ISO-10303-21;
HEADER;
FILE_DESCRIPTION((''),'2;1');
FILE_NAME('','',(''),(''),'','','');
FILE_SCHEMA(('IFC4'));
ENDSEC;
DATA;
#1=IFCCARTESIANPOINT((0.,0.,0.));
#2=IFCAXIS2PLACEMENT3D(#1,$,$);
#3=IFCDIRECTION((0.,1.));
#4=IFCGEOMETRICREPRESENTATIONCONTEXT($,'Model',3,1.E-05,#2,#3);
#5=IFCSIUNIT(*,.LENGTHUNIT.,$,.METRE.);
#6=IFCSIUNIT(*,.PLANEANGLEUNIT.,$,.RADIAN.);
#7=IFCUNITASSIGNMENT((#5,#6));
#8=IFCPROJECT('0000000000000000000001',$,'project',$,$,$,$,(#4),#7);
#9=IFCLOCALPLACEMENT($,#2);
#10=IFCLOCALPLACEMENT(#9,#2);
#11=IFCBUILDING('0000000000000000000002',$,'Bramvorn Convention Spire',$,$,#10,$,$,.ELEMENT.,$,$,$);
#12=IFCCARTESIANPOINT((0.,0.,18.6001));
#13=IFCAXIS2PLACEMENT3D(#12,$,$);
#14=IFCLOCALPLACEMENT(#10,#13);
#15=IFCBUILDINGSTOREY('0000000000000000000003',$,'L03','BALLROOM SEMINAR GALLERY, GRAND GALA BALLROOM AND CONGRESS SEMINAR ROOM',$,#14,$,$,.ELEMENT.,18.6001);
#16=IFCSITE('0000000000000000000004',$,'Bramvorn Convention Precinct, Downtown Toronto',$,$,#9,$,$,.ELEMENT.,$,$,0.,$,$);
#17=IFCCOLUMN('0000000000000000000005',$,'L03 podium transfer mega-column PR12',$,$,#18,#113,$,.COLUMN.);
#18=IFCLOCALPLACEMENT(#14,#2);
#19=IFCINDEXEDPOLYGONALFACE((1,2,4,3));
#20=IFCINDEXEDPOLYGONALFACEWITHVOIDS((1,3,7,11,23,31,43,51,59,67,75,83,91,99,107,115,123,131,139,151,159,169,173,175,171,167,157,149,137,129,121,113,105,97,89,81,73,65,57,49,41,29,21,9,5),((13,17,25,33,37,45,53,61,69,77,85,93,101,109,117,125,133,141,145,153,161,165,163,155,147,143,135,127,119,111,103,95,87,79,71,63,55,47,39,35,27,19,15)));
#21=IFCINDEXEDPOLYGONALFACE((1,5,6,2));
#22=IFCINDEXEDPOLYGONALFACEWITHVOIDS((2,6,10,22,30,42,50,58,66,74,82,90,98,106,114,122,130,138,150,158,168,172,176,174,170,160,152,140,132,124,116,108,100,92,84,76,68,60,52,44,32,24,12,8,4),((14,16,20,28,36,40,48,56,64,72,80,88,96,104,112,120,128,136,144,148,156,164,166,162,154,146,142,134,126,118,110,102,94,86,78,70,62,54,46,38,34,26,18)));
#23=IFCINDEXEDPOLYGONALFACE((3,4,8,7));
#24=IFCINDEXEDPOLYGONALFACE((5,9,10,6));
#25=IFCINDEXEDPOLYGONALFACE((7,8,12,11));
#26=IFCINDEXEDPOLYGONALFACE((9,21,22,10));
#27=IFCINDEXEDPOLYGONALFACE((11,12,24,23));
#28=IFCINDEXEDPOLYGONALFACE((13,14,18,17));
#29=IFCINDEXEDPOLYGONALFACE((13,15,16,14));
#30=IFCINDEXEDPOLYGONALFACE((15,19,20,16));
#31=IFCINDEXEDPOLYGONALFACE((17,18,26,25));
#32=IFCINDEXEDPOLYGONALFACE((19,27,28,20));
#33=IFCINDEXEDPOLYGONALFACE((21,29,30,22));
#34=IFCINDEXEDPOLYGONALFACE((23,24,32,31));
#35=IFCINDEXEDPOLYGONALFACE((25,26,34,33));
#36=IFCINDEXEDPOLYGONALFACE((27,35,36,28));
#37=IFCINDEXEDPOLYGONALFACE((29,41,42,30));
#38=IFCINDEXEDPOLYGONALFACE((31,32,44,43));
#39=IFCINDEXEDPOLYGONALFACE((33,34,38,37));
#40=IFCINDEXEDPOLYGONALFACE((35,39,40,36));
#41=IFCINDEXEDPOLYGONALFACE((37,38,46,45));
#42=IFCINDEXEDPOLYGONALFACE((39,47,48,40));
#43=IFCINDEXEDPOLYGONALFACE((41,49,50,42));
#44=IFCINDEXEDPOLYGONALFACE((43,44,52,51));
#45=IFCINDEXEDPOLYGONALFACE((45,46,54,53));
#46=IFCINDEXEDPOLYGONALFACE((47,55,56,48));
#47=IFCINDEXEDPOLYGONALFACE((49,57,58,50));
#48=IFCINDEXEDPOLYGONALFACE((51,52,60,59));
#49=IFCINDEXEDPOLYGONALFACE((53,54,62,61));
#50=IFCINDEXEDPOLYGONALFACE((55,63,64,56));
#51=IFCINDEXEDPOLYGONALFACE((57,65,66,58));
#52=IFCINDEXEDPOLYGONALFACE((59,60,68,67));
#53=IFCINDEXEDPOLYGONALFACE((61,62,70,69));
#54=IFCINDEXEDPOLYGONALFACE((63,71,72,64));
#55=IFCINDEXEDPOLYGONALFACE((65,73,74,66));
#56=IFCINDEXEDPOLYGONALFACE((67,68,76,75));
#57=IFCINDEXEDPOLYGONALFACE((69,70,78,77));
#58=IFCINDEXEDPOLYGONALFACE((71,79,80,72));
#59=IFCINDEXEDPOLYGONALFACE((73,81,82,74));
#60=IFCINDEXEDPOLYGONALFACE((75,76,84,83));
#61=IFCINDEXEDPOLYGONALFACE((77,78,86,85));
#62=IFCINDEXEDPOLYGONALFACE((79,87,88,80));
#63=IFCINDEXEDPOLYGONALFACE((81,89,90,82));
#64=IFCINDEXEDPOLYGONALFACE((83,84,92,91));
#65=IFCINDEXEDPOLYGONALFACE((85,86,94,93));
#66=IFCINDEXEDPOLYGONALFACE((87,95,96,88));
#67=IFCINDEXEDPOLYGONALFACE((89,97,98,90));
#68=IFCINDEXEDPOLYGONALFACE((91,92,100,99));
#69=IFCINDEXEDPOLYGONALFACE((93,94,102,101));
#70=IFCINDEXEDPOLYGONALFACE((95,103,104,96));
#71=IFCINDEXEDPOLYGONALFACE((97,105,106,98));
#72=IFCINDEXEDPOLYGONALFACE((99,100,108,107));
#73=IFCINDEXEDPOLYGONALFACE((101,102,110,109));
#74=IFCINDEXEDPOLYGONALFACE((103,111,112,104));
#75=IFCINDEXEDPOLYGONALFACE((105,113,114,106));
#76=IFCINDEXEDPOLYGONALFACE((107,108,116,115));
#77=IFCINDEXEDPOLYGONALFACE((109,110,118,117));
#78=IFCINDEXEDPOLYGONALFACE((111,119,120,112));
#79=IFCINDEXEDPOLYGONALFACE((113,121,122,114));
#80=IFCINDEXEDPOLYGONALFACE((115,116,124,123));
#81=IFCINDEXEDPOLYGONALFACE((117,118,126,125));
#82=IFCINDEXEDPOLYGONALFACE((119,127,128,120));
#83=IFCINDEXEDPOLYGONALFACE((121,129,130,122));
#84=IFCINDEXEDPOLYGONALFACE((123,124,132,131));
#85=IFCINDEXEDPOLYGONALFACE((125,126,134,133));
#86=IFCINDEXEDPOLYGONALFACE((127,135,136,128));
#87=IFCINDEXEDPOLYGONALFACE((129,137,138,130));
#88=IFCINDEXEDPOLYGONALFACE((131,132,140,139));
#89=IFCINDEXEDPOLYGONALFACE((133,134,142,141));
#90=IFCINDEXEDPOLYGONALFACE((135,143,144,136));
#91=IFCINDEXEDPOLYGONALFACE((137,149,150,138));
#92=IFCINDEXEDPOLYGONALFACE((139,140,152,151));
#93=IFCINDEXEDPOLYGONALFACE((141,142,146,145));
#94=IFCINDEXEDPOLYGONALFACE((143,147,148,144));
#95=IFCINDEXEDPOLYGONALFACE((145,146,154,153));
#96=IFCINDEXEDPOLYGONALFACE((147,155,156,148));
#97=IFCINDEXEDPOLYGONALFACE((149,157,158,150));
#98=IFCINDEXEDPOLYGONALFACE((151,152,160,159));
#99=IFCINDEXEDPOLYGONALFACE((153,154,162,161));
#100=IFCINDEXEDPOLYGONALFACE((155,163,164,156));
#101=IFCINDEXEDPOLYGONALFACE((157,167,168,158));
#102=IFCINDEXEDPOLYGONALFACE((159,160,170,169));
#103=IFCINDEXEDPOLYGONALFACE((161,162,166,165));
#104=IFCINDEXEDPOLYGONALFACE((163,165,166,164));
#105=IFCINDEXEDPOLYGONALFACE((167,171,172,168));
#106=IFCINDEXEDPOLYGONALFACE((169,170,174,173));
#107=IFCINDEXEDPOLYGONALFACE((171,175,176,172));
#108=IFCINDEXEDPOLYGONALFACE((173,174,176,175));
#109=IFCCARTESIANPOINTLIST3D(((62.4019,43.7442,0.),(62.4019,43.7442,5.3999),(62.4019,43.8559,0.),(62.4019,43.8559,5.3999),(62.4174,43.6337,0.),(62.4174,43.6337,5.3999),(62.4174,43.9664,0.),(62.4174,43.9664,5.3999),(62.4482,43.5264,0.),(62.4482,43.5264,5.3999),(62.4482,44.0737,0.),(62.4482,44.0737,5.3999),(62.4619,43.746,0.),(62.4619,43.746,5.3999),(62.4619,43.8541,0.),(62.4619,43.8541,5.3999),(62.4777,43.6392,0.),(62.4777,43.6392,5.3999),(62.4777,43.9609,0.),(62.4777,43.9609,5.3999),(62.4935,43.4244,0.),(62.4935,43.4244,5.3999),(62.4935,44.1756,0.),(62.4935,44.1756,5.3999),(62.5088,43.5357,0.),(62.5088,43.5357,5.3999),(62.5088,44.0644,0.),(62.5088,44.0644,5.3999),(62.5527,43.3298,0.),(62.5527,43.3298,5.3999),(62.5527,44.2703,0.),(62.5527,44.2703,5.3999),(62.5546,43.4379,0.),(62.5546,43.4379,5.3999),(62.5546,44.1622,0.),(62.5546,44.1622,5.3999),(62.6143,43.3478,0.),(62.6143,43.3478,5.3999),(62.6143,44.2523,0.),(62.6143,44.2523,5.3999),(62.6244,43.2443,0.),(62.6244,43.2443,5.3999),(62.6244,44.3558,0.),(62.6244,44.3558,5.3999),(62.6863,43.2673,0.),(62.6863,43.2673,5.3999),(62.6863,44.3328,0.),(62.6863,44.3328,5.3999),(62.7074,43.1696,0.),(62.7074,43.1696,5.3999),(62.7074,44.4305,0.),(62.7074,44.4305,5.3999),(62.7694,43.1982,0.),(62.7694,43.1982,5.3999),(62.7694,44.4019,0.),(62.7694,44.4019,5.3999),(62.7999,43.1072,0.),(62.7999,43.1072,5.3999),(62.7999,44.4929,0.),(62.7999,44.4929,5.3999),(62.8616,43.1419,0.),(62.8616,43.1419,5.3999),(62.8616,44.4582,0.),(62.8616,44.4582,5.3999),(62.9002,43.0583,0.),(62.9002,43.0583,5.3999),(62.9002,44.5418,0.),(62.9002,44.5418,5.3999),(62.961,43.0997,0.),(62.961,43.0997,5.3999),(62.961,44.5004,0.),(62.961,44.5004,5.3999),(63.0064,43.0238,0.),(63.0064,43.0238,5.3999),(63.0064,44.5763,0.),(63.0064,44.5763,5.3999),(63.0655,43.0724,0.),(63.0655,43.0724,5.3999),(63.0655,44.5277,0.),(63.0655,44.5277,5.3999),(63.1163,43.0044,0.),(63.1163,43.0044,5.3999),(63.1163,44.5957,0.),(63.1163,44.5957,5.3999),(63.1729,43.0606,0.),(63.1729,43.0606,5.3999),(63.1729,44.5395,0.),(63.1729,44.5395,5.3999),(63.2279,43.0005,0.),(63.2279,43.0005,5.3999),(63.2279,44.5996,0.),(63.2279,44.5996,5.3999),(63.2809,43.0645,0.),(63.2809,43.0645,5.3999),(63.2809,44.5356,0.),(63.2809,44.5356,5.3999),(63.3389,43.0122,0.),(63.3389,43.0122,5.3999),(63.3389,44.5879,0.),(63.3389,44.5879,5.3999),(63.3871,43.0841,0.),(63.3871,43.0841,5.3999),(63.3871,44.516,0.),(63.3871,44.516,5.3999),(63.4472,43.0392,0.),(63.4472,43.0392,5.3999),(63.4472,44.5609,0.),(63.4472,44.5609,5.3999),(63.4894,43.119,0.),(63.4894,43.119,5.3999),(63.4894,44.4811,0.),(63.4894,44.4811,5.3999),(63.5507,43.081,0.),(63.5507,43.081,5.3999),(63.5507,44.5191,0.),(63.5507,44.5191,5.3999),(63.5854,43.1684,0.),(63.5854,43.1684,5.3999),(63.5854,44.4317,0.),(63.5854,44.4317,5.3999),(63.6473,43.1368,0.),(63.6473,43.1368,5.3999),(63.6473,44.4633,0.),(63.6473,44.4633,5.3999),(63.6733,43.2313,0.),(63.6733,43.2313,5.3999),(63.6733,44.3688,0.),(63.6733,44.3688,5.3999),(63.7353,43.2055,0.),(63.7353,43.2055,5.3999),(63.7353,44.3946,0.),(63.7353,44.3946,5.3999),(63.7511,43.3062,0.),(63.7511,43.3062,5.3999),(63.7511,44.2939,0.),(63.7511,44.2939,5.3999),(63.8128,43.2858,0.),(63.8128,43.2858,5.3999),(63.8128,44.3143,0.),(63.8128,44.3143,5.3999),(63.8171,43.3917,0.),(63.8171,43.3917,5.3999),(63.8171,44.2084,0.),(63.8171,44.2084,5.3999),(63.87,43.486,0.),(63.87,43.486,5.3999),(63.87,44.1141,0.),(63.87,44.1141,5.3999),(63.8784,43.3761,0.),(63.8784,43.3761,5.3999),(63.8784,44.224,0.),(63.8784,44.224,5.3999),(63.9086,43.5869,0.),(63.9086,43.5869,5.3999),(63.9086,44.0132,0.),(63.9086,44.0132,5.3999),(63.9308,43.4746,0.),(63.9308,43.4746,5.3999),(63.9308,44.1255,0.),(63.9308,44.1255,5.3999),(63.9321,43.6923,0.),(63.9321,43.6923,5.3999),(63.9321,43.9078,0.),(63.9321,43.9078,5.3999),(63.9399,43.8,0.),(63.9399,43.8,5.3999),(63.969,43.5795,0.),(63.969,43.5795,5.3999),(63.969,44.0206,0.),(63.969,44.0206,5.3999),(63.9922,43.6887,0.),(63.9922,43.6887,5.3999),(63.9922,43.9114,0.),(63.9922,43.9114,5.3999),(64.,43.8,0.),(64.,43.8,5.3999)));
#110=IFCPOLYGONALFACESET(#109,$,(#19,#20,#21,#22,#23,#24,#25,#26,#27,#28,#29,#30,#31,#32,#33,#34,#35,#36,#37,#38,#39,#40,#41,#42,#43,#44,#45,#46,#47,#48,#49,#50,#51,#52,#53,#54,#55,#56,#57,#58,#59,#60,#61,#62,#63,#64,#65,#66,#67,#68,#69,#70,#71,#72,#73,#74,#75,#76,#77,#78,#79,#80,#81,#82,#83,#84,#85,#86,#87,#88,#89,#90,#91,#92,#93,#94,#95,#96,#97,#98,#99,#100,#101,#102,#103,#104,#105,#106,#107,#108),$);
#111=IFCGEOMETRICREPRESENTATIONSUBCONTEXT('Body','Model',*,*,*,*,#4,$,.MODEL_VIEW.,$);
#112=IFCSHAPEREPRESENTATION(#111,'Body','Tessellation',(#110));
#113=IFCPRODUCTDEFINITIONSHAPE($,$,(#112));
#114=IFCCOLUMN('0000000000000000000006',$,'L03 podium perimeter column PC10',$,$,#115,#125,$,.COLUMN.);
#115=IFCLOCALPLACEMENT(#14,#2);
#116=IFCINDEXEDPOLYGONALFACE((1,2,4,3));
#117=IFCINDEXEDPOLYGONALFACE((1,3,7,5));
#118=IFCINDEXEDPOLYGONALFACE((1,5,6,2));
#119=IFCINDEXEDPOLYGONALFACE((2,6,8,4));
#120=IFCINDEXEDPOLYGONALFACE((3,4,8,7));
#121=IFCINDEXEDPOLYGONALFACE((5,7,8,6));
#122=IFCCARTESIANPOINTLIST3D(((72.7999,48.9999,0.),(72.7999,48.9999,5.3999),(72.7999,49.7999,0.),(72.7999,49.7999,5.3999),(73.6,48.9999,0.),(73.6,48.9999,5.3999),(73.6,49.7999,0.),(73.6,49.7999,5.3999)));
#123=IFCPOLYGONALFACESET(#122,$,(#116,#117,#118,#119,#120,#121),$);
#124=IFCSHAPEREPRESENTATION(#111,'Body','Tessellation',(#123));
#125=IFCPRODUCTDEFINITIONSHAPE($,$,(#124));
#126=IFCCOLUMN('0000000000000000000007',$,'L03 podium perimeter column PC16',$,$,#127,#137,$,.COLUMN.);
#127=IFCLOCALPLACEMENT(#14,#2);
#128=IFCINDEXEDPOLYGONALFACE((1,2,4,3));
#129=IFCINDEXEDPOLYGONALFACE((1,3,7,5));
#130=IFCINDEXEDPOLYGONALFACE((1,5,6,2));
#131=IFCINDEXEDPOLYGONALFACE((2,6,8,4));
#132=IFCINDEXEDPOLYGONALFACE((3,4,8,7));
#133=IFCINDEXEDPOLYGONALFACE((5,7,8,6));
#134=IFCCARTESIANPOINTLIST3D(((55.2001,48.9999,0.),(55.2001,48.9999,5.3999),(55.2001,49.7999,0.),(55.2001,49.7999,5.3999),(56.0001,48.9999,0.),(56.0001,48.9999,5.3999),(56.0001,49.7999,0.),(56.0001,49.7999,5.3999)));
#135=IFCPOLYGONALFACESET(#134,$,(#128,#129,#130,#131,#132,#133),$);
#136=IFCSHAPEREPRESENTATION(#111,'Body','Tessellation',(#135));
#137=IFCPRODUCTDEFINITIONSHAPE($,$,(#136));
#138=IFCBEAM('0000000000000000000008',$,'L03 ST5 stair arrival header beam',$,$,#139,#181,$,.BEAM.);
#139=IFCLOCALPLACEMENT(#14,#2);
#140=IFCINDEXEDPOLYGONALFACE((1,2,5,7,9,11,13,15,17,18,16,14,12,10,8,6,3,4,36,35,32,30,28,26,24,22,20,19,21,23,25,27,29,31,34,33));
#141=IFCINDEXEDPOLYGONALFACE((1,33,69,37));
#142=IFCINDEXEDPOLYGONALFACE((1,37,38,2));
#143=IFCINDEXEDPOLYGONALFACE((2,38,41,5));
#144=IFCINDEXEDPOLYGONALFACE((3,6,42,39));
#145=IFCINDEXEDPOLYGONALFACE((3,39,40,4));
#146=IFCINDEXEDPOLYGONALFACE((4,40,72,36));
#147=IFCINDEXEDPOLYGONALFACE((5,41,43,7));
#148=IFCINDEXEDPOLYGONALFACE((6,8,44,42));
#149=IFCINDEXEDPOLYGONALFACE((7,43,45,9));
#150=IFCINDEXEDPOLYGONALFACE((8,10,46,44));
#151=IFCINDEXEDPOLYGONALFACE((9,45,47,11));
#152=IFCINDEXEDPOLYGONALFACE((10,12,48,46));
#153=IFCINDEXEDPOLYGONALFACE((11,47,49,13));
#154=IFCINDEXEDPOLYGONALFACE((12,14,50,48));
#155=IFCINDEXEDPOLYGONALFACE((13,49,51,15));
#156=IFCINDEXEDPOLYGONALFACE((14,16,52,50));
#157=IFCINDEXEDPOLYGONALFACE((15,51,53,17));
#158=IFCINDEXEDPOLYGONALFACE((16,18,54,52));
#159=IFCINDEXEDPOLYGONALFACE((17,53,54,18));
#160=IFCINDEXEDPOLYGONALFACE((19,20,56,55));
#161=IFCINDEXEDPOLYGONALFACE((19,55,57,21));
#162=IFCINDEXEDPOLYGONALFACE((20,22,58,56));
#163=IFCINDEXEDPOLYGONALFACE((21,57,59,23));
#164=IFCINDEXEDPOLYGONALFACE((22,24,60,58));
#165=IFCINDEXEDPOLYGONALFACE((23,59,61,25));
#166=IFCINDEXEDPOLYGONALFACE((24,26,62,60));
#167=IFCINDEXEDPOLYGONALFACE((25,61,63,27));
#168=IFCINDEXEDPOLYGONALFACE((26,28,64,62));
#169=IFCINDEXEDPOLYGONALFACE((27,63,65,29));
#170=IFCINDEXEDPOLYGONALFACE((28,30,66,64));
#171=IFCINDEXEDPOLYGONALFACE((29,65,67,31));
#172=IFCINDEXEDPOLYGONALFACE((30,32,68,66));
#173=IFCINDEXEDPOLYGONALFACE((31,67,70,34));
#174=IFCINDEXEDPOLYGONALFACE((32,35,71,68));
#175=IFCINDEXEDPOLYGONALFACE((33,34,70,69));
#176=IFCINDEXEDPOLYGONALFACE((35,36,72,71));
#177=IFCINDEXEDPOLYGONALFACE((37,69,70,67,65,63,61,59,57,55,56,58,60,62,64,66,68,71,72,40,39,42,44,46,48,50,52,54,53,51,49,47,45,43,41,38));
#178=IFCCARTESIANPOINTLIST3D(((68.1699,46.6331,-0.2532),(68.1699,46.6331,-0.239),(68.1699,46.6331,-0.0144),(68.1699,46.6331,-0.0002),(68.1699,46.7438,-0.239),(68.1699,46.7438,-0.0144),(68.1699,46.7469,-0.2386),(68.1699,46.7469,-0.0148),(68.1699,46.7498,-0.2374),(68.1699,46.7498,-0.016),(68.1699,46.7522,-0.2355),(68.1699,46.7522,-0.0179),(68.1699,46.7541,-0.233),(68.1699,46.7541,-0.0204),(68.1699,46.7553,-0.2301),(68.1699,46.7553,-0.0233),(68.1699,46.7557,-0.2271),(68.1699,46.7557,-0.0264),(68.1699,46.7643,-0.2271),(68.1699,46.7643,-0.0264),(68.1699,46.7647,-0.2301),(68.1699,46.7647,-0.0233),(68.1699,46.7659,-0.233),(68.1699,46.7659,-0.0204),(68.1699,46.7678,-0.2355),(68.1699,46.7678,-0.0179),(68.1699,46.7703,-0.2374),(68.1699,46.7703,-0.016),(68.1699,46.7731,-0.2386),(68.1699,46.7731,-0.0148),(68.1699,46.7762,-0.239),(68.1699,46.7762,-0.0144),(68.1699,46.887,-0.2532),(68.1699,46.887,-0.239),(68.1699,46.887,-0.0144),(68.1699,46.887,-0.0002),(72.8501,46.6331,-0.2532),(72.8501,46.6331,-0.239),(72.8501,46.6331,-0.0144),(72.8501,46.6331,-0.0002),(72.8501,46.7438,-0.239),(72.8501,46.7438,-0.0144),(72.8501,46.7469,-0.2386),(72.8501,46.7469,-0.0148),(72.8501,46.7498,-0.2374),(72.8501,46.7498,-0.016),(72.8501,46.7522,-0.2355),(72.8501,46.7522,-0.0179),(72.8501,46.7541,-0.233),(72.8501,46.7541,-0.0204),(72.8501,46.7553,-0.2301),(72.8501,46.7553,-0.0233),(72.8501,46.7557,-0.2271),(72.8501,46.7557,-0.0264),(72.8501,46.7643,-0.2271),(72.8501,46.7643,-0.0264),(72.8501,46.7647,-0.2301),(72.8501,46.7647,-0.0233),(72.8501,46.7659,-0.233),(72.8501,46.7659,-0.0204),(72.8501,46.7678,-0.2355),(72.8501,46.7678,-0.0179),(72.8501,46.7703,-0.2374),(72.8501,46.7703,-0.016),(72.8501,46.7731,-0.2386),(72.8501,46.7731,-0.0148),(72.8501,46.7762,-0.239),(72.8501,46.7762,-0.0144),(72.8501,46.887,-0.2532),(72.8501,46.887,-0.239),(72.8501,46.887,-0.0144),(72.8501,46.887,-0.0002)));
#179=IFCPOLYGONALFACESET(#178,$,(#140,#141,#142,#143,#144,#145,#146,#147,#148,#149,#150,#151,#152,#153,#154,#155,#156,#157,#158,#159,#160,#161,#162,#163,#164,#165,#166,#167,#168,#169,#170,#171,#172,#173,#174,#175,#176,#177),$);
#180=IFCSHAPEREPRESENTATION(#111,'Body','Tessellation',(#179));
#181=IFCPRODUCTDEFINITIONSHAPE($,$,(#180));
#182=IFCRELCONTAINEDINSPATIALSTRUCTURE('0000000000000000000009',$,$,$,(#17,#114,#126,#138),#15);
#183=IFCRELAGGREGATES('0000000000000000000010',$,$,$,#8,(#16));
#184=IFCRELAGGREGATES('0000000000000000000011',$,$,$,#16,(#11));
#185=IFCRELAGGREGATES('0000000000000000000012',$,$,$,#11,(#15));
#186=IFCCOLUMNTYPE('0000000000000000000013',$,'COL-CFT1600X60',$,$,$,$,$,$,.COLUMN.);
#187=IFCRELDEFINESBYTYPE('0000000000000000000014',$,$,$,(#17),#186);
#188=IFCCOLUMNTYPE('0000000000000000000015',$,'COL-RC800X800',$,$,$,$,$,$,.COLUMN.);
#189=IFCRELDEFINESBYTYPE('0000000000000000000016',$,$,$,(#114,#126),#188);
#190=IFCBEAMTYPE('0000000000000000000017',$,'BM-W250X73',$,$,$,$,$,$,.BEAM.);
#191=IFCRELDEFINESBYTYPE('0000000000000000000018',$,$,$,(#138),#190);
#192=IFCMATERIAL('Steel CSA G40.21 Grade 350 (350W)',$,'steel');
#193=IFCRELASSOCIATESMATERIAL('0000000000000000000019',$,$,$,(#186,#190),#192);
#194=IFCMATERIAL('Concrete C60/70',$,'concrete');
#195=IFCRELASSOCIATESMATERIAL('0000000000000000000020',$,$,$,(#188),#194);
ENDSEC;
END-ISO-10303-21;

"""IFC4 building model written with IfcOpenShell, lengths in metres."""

from ifc_helpers import new_model, si_unit, direction, frame, origin, origin_2d, place, context, subcontext, project, spatial, rectangle, hollow_circle, i_section, extrude, material, material_profile, profile_set, type_object, element, save


model = new_model("IFC4")

# Units and contexts
model_context = context("Model", 3, precision=1e-05, world=origin(), true_north=direction((0.0, 1.0)))
body_context = subcontext(model_context, "Body", "Model", "MODEL_VIEW")
ifc_project = project(units=[si_unit("LENGTHUNIT", "METRE"), si_unit("PLANEANGLEUNIT", "RADIAN")], contexts=[model_context])

# Site, building, storey
site_placement = place(None, origin())
site = spatial("IfcSite", under=ifc_project, at=site_placement, Name="Bramvorn Convention Precinct, Downtown Toronto", CompositionType="ELEMENT", RefElevation=0.0)
building_placement = place(site_placement, origin())
building = spatial("IfcBuilding", under=site, at=building_placement, Name="Bramvorn Convention Spire", CompositionType="ELEMENT")
storey_placement = place(building_placement, frame((0.0, 0.0, 18.6001)))
storey = spatial("IfcBuildingStorey", under=building, at=storey_placement, Name="L03", Description="BALLROOM SEMINAR GALLERY, GRAND GALA BALLROOM AND CONGRESS SEMINAR ROOM", CompositionType="ELEMENT", Elevation=18.6001)

# Columns
ifc_material_1 = material(Name="Steel CSA G40.21 Grade 350 (350W)", Category="steel")
ifc_material_profile_1 = material_profile(ifc_material_1, hollow_circle(Radius=0.8, WallThickness=0.0601, at=origin_2d()))
ifc_profile_set_1 = profile_set([ifc_material_profile_1], Name="Steel CSA G40.21 Grade 350 (350W) - CFT1600X60")
column_type_1 = type_object("IfcColumnType", Name="COL-CFT1600X60", PredefinedType="COLUMN", material=ifc_profile_set_1)
column_placement = place(storey_placement, frame((63.2, 43.8, 0.0), z_axis=(0.0, 0.0, 1.0), x_axis=(1.0, 0.0, 0.0)))
element("IfcColumn", 1, at=column_placement, inside=storey, type_object=column_type_1, Name="L03 podium transfer mega-column PR12", PredefinedType="COLUMN", context=body_context, shape_type="SweptSolid", body=[
    extrude(hollow_circle(Radius=0.8, WallThickness=0.0601, at=origin_2d()), origin(), (0.0, 0.0, 1.0), 5.3999),
])
ifc_material_2 = material(Name="Concrete C60/70", Category="concrete")
ifc_material_profile_2 = material_profile(ifc_material_2, rectangle(XDim=0.8, YDim=0.8, at=origin_2d()))
ifc_profile_set_2 = profile_set([ifc_material_profile_2], Name="Concrete C60/70 - RC800X800")
column_type_2 = type_object("IfcColumnType", Name="COL-RC800X800", PredefinedType="COLUMN", material=ifc_profile_set_2)
for number, where, z_axis, x_axis, name in (
    (2, (73.2, 49.3999, 0.0), (0.0, 0.0, 1.0), (1.0, 0.0, 0.0), "L03 podium perimeter column PC10"),
    (3, (55.6001, 49.3999, 0.0), (0.0, 0.0, 1.0), (1.0, 0.0, 0.0), "L03 podium perimeter column PC16"),
):
    element("IfcColumn", number, at=place(storey_placement, frame(where, z_axis=z_axis, x_axis=x_axis)), inside=storey, type_object=column_type_2, Name=name, PredefinedType="COLUMN", context=body_context, shape_type="SweptSolid", body=[
        extrude(rectangle(XDim=0.8, YDim=0.8, at=origin_2d()), origin(), (0.0, 0.0, 1.0), 5.3999),
    ])

# Beam
ifc_material_profile_3 = material_profile(ifc_material_1, i_section(OverallWidth=0.2539, OverallDepth=0.2529, WebThickness=0.0085, FlangeThickness=0.0142, FilletRadius=0.012, at=origin_2d()))
ifc_profile_set_3 = profile_set([ifc_material_profile_3], Name="Steel CSA G40.21 Grade 350 (350W) - W250X73")
beam_type_1 = type_object("IfcBeamType", Name="BM-W250X73", PredefinedType="BEAM", material=ifc_profile_set_3)
beam_1_placement = place(storey_placement, frame((68.1699, 46.76, -0.1267), z_axis=(1.0, 0.0, 0.0), x_axis=(0.0, 1.0, 0.0)))
element("IfcBeam", 4, at=beam_1_placement, inside=storey, type_object=beam_type_1, Name="L03 ST5 stair arrival header beam", PredefinedType="BEAM", context=body_context, shape_type="SweptSolid", body=[
    extrude(i_section(OverallWidth=0.2539, OverallDepth=0.2529, WebThickness=0.0085, FlangeThickness=0.0142, FilletRadius=0.012, at=origin_2d()), origin(), (0.0, 0.0, 1.0), 4.6802),
])

save(model, "model.ifc")
